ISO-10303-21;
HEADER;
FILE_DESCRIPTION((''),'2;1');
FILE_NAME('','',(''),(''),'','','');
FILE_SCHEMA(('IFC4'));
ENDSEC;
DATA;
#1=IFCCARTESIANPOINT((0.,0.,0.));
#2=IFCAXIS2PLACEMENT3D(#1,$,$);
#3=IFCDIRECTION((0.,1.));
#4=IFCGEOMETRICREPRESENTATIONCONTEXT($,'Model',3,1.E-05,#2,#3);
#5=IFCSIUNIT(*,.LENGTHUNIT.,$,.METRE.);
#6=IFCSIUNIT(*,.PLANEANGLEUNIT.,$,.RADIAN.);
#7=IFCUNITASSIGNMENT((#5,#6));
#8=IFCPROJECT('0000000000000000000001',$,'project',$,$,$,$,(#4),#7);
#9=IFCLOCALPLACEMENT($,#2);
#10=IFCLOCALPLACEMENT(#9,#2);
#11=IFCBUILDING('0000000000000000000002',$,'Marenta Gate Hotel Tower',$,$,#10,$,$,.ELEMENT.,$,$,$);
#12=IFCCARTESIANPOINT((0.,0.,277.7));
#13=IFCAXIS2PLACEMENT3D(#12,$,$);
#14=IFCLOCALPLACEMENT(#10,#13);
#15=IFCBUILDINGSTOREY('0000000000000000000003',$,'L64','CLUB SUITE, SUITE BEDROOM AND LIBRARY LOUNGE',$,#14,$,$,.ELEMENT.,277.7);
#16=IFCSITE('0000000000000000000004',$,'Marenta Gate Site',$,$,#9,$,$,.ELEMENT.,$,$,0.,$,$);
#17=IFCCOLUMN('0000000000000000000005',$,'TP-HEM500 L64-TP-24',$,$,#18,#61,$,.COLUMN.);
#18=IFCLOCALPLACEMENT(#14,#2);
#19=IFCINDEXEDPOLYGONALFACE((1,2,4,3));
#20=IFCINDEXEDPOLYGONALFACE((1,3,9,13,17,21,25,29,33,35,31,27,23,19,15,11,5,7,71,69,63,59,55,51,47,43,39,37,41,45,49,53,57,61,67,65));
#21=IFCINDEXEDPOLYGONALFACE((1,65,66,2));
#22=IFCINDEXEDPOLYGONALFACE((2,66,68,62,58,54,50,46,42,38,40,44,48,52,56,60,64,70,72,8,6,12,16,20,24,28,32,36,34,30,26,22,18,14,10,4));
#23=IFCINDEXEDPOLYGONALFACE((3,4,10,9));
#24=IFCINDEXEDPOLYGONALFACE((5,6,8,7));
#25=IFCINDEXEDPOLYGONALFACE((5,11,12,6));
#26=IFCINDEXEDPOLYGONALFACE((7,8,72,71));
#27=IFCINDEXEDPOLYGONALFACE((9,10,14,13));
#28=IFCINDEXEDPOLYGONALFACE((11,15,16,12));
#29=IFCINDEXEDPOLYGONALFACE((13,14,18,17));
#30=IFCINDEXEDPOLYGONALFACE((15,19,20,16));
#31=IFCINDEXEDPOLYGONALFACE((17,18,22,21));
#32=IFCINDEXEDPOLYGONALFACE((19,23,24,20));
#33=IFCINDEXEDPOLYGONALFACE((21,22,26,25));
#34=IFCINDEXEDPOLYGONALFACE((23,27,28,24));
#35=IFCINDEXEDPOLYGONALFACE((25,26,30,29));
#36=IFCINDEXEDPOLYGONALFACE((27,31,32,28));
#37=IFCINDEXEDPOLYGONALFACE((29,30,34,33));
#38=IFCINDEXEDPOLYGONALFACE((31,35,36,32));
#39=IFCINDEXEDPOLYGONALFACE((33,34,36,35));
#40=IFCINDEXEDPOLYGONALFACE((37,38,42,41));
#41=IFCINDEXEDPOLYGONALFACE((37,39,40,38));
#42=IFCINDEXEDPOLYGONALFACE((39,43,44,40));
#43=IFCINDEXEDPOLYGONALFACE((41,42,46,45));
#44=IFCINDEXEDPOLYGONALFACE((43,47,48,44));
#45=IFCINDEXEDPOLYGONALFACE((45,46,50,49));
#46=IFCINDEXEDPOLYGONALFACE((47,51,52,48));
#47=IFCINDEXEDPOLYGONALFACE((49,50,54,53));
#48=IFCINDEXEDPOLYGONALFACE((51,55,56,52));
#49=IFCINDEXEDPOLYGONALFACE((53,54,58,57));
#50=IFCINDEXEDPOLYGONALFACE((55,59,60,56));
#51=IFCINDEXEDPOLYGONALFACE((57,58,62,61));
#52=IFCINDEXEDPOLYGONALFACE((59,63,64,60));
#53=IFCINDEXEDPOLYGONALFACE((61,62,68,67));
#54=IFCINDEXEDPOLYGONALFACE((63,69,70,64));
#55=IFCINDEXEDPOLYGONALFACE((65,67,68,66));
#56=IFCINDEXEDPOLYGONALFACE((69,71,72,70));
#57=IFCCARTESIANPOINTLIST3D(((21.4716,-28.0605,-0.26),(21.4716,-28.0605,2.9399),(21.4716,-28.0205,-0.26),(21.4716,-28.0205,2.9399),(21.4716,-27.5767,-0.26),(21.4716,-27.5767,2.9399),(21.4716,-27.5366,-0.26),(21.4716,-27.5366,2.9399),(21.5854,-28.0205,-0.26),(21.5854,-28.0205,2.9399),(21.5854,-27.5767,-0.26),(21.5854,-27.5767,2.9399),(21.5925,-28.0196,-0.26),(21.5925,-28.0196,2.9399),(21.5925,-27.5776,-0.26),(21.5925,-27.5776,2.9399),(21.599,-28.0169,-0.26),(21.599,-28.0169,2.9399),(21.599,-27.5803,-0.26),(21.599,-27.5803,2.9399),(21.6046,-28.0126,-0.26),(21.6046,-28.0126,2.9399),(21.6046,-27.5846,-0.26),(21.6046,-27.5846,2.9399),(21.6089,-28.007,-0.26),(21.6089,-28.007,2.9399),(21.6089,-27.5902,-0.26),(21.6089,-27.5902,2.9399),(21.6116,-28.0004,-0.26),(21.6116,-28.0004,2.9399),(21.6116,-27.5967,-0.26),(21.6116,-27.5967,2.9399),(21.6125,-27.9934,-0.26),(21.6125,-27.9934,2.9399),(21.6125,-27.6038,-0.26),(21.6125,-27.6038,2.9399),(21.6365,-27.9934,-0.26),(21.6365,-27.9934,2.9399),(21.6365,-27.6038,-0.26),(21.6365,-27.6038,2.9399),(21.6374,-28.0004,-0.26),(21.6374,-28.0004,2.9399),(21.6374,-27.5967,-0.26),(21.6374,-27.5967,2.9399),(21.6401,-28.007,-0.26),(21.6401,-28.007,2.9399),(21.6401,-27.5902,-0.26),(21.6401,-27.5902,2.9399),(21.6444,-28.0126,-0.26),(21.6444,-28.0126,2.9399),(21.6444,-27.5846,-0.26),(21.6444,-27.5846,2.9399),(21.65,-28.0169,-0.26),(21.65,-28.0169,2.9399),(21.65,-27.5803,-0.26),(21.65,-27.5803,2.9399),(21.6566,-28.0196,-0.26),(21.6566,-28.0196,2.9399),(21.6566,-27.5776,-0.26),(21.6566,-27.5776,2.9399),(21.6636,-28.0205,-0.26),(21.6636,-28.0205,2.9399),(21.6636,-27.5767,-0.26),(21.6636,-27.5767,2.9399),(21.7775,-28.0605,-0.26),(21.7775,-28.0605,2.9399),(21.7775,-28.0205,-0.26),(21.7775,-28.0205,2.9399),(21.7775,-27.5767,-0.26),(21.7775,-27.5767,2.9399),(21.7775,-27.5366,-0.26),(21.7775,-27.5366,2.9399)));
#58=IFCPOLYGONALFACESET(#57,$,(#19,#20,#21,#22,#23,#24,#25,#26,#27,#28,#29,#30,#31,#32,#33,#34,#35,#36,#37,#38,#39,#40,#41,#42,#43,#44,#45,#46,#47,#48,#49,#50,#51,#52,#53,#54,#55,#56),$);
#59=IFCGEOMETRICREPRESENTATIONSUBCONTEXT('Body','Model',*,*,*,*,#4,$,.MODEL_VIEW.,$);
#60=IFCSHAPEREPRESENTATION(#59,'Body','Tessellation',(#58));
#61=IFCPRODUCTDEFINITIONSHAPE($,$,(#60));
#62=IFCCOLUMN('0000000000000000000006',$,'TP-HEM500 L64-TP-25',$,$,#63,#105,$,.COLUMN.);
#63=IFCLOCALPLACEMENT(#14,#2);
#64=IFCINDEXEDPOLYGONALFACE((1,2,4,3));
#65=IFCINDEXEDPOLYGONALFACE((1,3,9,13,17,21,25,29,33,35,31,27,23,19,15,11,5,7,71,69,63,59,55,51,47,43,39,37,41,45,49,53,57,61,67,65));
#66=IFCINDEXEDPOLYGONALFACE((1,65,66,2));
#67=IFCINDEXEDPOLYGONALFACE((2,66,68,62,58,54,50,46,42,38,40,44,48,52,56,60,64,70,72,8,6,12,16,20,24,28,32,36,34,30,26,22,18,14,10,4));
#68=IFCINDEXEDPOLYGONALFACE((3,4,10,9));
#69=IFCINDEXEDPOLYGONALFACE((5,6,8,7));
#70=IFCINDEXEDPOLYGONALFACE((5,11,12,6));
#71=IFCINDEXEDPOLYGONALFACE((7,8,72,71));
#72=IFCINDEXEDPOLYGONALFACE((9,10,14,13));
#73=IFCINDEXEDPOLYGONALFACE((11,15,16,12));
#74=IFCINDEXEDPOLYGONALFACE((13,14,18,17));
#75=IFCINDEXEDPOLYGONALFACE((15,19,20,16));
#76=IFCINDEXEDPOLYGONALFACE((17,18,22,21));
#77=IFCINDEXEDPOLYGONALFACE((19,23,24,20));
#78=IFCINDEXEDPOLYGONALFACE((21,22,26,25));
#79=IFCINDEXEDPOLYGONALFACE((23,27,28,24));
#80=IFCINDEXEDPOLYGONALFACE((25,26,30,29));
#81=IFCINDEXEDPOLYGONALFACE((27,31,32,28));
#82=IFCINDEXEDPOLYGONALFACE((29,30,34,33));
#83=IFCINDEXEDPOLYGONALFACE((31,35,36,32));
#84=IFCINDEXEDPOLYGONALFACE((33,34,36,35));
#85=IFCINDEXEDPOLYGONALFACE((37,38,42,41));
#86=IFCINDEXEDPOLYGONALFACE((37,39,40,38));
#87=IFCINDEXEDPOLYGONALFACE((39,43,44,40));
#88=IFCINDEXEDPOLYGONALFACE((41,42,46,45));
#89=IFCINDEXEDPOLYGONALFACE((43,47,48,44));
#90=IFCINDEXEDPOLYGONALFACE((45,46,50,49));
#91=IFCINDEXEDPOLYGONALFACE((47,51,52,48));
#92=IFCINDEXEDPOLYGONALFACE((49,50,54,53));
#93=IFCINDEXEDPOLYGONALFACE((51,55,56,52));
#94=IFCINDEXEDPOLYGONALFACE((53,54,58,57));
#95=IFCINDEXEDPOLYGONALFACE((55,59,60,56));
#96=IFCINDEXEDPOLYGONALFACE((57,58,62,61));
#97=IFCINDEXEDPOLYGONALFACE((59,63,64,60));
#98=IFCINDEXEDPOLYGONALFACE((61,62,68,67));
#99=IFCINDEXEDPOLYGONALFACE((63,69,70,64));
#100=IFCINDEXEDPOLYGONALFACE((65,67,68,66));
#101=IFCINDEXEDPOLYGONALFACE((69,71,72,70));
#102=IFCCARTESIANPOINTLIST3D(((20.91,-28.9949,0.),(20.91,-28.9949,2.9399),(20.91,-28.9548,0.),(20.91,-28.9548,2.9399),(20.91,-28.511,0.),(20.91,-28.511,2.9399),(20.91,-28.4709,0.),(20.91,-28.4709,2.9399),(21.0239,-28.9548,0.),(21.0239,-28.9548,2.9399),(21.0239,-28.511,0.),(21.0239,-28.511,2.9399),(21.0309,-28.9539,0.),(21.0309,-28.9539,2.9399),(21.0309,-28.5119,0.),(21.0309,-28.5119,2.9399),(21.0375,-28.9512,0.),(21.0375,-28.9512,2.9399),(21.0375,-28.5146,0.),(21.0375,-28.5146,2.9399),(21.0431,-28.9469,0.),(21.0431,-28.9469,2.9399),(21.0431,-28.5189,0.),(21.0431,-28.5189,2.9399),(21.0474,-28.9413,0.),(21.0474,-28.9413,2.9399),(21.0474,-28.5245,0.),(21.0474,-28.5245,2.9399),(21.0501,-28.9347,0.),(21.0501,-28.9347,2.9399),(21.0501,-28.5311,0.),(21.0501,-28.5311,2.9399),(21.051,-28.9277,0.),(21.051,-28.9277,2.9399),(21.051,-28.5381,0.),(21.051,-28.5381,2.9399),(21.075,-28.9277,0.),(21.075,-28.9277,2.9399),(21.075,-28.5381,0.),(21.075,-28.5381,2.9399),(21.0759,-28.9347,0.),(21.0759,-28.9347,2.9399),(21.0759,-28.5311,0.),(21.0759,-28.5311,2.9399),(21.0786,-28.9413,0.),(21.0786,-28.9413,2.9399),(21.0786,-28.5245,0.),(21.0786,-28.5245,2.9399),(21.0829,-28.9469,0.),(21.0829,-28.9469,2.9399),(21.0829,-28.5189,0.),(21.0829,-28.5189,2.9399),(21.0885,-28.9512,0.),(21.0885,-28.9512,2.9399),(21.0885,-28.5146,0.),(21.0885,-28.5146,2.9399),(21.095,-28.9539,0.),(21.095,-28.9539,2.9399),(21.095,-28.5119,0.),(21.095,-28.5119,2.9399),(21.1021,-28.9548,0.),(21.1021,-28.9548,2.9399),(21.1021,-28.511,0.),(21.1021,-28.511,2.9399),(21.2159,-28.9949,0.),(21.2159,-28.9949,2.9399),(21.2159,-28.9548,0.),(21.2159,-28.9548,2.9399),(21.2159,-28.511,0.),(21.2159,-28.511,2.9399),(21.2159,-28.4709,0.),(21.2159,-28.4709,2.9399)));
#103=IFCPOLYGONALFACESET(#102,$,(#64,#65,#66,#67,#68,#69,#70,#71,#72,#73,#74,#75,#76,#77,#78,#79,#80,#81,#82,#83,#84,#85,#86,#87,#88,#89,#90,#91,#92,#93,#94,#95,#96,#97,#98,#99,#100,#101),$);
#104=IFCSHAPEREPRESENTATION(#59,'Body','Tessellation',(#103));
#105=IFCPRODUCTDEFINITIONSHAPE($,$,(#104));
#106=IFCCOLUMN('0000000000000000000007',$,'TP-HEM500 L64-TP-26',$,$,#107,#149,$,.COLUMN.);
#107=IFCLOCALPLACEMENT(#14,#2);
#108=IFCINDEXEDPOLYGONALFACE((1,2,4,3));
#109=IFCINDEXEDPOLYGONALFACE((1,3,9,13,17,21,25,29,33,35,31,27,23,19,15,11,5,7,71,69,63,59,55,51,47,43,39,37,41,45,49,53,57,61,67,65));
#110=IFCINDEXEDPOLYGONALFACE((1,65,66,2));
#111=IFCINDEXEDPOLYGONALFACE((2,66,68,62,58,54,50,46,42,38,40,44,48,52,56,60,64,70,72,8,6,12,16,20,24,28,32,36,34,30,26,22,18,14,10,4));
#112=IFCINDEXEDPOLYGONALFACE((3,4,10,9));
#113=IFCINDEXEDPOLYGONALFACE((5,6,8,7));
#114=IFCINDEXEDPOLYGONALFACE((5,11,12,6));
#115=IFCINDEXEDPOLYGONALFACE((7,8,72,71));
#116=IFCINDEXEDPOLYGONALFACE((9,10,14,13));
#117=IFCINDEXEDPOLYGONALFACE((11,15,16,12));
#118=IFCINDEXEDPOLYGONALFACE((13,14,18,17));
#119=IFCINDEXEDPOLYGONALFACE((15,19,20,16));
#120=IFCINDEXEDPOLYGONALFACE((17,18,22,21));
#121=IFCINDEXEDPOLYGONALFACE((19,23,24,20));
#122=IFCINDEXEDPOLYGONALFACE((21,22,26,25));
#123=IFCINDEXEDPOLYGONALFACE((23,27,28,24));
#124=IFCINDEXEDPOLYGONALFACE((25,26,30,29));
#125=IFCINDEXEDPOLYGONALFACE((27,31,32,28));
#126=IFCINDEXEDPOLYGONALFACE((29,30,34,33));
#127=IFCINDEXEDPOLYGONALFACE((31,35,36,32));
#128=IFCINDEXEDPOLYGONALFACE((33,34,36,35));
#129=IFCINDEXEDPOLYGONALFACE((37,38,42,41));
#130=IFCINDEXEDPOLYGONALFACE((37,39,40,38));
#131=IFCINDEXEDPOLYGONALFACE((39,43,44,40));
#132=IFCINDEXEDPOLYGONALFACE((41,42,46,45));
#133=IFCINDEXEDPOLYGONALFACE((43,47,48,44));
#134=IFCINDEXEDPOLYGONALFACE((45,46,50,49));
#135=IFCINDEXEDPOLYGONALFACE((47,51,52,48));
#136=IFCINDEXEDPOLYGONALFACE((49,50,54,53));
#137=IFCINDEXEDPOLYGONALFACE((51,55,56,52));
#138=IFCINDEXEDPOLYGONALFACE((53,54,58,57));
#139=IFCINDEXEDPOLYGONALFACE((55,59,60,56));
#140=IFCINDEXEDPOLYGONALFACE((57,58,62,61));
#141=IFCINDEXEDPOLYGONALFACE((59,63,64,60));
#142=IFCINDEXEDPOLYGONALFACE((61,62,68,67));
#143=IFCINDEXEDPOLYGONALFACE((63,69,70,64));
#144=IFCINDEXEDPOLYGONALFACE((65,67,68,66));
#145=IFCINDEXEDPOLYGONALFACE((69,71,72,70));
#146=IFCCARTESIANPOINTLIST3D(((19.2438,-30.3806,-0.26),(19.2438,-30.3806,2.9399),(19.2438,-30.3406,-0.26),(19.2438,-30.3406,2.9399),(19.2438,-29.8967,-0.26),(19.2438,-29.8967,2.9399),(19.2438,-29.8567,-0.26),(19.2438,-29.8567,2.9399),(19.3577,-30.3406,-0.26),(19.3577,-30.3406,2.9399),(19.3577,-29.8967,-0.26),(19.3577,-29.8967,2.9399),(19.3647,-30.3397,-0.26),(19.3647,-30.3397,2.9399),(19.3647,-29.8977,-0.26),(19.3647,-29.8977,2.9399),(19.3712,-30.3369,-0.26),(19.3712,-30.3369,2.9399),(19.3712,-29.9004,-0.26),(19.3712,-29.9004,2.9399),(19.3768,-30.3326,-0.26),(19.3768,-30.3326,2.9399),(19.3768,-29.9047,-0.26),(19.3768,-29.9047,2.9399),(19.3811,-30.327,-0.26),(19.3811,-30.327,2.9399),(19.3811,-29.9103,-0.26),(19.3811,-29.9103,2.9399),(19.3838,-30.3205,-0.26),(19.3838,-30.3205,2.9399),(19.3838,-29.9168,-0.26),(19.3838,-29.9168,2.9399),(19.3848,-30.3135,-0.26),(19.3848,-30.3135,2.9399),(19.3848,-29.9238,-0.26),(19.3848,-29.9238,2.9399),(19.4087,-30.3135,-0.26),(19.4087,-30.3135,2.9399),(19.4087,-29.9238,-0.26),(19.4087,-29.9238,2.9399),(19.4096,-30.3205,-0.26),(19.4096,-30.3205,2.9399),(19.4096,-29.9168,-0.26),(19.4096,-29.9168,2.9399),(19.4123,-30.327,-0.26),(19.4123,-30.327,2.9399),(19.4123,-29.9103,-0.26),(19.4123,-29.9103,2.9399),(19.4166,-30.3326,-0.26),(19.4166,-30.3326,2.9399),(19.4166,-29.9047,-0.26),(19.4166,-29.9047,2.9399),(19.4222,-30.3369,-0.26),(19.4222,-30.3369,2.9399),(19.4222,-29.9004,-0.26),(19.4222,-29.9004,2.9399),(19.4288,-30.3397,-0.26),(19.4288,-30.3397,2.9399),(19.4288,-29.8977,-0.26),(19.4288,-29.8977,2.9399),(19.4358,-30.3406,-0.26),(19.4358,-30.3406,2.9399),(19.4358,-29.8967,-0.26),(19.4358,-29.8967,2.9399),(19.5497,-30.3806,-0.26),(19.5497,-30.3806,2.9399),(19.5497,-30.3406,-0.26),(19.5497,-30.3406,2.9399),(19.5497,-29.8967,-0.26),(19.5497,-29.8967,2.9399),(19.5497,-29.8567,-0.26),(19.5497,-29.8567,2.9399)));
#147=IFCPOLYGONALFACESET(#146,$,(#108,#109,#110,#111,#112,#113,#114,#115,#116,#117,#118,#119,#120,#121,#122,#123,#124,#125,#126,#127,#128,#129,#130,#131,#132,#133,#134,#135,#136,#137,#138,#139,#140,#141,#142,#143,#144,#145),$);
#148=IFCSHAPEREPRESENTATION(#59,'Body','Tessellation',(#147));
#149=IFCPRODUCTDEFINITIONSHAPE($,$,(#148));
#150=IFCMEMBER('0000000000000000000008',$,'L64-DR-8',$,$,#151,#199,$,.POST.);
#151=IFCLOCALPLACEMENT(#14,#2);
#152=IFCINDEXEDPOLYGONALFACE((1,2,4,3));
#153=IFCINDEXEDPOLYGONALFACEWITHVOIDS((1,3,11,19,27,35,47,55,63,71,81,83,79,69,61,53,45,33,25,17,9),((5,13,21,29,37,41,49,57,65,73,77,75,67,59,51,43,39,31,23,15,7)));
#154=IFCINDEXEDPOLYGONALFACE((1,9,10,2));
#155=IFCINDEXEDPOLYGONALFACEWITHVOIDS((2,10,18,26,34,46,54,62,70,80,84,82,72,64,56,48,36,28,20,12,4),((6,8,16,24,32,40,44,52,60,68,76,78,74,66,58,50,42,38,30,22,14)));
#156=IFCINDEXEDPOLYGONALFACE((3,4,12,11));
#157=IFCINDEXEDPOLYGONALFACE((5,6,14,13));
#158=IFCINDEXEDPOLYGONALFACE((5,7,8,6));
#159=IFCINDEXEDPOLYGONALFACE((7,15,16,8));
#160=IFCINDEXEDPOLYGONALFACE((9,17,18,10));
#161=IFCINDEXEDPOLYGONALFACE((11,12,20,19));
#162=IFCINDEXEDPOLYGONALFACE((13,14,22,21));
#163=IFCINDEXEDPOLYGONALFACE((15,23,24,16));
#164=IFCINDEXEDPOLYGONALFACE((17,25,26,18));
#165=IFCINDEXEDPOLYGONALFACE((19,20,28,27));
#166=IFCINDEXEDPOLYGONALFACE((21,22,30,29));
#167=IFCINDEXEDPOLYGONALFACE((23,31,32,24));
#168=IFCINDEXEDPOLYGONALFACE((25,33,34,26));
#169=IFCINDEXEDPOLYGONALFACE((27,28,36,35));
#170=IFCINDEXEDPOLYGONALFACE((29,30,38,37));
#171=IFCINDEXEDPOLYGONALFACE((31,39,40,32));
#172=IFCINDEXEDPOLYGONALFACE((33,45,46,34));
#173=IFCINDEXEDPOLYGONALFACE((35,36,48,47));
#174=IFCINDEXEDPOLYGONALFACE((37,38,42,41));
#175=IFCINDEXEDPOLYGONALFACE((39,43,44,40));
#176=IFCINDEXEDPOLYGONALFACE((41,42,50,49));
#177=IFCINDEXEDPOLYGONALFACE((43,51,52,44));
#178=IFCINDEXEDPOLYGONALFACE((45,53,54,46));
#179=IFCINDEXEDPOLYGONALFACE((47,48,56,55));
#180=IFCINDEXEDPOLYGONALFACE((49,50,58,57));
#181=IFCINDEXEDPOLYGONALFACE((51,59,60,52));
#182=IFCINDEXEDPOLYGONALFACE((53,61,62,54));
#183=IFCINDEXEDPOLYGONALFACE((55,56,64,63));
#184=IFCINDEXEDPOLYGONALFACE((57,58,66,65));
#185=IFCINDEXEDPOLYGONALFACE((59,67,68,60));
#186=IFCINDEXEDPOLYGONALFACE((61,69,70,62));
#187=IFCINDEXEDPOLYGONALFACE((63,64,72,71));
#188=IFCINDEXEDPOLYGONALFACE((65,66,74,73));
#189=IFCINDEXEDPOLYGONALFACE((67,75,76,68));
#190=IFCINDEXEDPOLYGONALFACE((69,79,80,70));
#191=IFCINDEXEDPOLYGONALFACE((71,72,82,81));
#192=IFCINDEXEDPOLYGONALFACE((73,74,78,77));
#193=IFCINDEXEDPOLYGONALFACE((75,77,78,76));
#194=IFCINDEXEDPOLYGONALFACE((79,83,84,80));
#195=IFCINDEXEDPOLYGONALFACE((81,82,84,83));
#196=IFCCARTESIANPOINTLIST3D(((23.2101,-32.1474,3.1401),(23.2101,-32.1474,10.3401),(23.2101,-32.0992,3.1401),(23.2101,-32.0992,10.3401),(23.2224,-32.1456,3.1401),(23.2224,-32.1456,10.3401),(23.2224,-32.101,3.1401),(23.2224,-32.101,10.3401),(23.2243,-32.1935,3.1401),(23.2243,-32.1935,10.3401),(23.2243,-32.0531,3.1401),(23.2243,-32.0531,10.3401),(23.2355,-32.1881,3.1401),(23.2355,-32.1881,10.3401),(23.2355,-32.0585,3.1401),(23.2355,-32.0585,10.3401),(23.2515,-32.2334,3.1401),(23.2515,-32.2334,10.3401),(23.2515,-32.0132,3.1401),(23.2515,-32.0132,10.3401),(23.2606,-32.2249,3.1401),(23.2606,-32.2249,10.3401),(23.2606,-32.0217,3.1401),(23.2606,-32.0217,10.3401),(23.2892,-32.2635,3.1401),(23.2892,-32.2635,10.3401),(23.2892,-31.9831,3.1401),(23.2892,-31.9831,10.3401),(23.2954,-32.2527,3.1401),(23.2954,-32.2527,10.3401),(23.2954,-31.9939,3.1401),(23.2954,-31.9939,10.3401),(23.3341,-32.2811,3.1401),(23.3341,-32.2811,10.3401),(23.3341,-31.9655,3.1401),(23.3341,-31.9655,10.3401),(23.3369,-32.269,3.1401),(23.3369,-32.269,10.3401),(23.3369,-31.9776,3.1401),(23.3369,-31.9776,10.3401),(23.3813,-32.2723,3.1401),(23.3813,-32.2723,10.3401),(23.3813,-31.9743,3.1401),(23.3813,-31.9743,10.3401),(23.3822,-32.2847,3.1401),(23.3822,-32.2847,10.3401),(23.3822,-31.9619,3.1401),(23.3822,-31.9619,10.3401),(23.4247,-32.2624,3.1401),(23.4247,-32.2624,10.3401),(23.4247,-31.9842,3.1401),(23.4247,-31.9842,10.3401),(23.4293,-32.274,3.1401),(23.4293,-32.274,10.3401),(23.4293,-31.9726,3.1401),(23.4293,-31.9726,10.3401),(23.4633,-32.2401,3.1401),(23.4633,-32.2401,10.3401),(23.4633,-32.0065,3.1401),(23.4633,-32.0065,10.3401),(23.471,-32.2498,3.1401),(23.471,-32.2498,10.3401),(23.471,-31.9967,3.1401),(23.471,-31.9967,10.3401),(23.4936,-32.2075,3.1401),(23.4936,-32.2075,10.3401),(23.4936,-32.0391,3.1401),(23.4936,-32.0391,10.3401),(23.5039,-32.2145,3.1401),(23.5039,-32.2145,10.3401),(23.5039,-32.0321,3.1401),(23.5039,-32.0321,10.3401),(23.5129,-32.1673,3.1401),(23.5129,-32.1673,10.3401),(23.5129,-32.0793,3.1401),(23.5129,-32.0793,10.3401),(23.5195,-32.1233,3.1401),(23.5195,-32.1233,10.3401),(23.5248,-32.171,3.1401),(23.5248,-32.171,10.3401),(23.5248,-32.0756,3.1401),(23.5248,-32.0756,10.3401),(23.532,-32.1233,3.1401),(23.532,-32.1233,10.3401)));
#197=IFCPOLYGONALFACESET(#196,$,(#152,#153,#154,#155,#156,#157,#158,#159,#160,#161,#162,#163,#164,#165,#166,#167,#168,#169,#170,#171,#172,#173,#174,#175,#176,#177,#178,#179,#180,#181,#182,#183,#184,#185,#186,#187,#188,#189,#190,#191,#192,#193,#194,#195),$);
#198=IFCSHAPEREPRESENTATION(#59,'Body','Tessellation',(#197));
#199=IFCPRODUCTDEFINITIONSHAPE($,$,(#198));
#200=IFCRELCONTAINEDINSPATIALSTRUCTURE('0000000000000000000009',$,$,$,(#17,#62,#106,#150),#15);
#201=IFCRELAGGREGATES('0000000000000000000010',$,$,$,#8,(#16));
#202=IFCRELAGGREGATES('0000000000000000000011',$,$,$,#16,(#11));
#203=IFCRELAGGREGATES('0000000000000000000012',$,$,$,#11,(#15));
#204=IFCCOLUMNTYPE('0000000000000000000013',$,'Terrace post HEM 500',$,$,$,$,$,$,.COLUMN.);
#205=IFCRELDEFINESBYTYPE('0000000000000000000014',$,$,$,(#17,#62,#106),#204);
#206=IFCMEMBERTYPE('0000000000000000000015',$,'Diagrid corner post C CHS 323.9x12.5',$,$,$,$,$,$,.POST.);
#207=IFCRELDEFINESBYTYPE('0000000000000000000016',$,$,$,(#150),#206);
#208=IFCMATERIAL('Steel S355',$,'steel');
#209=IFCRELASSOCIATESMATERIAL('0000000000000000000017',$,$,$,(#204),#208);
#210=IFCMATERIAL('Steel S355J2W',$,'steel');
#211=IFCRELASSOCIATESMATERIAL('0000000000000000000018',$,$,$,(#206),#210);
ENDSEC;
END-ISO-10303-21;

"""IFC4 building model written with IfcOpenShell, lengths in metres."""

from ifc_helpers import new_model, si_unit, direction, frame, origin, origin_2d, place, context, subcontext, project, spatial, hollow_circle, i_section, extrude, material, material_profile, profile_set, type_object, element, save


model = new_model("IFC4")

# Units and contexts
model_context = context("Model", 3, precision=1e-05, world=origin(), true_north=direction((0.0, 1.0)))
body_context = subcontext(model_context, "Body", "Model", "MODEL_VIEW")
ifc_project = project(units=[si_unit("LENGTHUNIT", "METRE"), si_unit("PLANEANGLEUNIT", "RADIAN")], contexts=[model_context])

# Site, building, storey
site_placement = place(None, origin())
site = spatial("IfcSite", under=ifc_project, at=site_placement, Name="Marenta Gate Site", CompositionType="ELEMENT", RefElevation=0.0)
building_placement = place(site_placement, origin())
building = spatial("IfcBuilding", under=site, at=building_placement, Name="Marenta Gate Hotel Tower", CompositionType="ELEMENT")
storey_placement = place(building_placement, frame((0.0, 0.0, 277.7)))
storey = spatial("IfcBuildingStorey", under=building, at=storey_placement, Name="L64", Description="CLUB SUITE, SUITE BEDROOM AND LIBRARY LOUNGE", CompositionType="ELEMENT", Elevation=277.7)

# Columns
ifc_material_1 = material(Name="Steel S355", Category="steel")
ifc_material_profile_1 = material_profile(ifc_material_1, i_section(OverallWidth=0.3059, OverallDepth=0.5239, WebThickness=0.0239, FlangeThickness=0.04, FilletRadius=0.0271, at=origin_2d()), Name="HEM 500")
ifc_profile_set_1 = profile_set([ifc_material_profile_1], Name="Steel S355")
column_type = type_object("IfcColumnType", Name="Terrace post HEM 500", PredefinedType="COLUMN", material=ifc_profile_set_1)
column_1_placement = place(storey_placement, frame((21.6245, -27.7986, -0.26), z_axis=(0.0, 0.0, 1.0), x_axis=(1.0, 0.0, 0.0)))
element("IfcColumn", 1, at=column_1_placement, inside=storey, type_object=column_type, Name="TP-HEM500 L64-TP-24", PredefinedType="COLUMN", context=body_context, shape_type="SweptSolid", body=[
    extrude(i_section(OverallWidth=0.3059, OverallDepth=0.5239, WebThickness=0.0239, FlangeThickness=0.04, FilletRadius=0.0271, at=origin_2d()), origin(), (0.0, 0.0, 1.0), 3.2),
])
column_2_placement = place(storey_placement, frame((21.063, -28.7329, 0.0), z_axis=(0.0, 0.0, 1.0), x_axis=(1.0, 0.0, 0.0)))
element("IfcColumn", 2, at=column_2_placement, inside=storey, type_object=column_type, Name="TP-HEM500 L64-TP-25", PredefinedType="COLUMN", context=body_context, shape_type="SweptSolid", body=[
    extrude(i_section(OverallWidth=0.3059, OverallDepth=0.5239, WebThickness=0.0239, FlangeThickness=0.04, FilletRadius=0.0271, at=origin_2d()), origin(), (0.0, 0.0, 1.0), 2.9399),
])
column_3_placement = place(storey_placement, frame((19.3967, -30.1187, -0.26), z_axis=(0.0, 0.0, 1.0), x_axis=(1.0, 0.0, 0.0)))
element("IfcColumn", 3, at=column_3_placement, inside=storey, type_object=column_type, Name="TP-HEM500 L64-TP-26", PredefinedType="COLUMN", context=body_context, shape_type="SweptSolid", body=[
    extrude(i_section(OverallWidth=0.3059, OverallDepth=0.5239, WebThickness=0.0239, FlangeThickness=0.04, FilletRadius=0.0271, at=origin_2d()), origin(), (0.0, 0.0, 1.0), 3.2),
])

# Member
ifc_material_2 = material(Name="Steel S355J2W", Category="steel")
ifc_material_profile_2 = material_profile(ifc_material_2, hollow_circle(Radius=0.1619, WallThickness=0.0125, at=origin_2d()), Name="CHS 323.9x12.5")
ifc_profile_set_2 = profile_set([ifc_material_profile_2], Name="Steel S355J2W")
member_type_1 = type_object("IfcMemberType", Name="Diagrid corner post C CHS 323.9x12.5", PredefinedType="POST", material=ifc_profile_set_2)
member_1_placement = place(storey_placement, frame((23.3701, -32.1233, 3.1401), z_axis=(0.0, 0.0, 1.0), x_axis=(1.0, 0.0, 0.0)))
element("IfcMember", 4, at=member_1_placement, inside=storey, type_object=member_type_1, Name="L64-DR-8", PredefinedType="POST", context=body_context, shape_type="SweptSolid", body=[
    extrude(hollow_circle(Radius=0.1619, WallThickness=0.0125, at=origin_2d()), origin(), (0.0, 0.0, 1.0), 7.2),
])

save(model, "model.ifc")
